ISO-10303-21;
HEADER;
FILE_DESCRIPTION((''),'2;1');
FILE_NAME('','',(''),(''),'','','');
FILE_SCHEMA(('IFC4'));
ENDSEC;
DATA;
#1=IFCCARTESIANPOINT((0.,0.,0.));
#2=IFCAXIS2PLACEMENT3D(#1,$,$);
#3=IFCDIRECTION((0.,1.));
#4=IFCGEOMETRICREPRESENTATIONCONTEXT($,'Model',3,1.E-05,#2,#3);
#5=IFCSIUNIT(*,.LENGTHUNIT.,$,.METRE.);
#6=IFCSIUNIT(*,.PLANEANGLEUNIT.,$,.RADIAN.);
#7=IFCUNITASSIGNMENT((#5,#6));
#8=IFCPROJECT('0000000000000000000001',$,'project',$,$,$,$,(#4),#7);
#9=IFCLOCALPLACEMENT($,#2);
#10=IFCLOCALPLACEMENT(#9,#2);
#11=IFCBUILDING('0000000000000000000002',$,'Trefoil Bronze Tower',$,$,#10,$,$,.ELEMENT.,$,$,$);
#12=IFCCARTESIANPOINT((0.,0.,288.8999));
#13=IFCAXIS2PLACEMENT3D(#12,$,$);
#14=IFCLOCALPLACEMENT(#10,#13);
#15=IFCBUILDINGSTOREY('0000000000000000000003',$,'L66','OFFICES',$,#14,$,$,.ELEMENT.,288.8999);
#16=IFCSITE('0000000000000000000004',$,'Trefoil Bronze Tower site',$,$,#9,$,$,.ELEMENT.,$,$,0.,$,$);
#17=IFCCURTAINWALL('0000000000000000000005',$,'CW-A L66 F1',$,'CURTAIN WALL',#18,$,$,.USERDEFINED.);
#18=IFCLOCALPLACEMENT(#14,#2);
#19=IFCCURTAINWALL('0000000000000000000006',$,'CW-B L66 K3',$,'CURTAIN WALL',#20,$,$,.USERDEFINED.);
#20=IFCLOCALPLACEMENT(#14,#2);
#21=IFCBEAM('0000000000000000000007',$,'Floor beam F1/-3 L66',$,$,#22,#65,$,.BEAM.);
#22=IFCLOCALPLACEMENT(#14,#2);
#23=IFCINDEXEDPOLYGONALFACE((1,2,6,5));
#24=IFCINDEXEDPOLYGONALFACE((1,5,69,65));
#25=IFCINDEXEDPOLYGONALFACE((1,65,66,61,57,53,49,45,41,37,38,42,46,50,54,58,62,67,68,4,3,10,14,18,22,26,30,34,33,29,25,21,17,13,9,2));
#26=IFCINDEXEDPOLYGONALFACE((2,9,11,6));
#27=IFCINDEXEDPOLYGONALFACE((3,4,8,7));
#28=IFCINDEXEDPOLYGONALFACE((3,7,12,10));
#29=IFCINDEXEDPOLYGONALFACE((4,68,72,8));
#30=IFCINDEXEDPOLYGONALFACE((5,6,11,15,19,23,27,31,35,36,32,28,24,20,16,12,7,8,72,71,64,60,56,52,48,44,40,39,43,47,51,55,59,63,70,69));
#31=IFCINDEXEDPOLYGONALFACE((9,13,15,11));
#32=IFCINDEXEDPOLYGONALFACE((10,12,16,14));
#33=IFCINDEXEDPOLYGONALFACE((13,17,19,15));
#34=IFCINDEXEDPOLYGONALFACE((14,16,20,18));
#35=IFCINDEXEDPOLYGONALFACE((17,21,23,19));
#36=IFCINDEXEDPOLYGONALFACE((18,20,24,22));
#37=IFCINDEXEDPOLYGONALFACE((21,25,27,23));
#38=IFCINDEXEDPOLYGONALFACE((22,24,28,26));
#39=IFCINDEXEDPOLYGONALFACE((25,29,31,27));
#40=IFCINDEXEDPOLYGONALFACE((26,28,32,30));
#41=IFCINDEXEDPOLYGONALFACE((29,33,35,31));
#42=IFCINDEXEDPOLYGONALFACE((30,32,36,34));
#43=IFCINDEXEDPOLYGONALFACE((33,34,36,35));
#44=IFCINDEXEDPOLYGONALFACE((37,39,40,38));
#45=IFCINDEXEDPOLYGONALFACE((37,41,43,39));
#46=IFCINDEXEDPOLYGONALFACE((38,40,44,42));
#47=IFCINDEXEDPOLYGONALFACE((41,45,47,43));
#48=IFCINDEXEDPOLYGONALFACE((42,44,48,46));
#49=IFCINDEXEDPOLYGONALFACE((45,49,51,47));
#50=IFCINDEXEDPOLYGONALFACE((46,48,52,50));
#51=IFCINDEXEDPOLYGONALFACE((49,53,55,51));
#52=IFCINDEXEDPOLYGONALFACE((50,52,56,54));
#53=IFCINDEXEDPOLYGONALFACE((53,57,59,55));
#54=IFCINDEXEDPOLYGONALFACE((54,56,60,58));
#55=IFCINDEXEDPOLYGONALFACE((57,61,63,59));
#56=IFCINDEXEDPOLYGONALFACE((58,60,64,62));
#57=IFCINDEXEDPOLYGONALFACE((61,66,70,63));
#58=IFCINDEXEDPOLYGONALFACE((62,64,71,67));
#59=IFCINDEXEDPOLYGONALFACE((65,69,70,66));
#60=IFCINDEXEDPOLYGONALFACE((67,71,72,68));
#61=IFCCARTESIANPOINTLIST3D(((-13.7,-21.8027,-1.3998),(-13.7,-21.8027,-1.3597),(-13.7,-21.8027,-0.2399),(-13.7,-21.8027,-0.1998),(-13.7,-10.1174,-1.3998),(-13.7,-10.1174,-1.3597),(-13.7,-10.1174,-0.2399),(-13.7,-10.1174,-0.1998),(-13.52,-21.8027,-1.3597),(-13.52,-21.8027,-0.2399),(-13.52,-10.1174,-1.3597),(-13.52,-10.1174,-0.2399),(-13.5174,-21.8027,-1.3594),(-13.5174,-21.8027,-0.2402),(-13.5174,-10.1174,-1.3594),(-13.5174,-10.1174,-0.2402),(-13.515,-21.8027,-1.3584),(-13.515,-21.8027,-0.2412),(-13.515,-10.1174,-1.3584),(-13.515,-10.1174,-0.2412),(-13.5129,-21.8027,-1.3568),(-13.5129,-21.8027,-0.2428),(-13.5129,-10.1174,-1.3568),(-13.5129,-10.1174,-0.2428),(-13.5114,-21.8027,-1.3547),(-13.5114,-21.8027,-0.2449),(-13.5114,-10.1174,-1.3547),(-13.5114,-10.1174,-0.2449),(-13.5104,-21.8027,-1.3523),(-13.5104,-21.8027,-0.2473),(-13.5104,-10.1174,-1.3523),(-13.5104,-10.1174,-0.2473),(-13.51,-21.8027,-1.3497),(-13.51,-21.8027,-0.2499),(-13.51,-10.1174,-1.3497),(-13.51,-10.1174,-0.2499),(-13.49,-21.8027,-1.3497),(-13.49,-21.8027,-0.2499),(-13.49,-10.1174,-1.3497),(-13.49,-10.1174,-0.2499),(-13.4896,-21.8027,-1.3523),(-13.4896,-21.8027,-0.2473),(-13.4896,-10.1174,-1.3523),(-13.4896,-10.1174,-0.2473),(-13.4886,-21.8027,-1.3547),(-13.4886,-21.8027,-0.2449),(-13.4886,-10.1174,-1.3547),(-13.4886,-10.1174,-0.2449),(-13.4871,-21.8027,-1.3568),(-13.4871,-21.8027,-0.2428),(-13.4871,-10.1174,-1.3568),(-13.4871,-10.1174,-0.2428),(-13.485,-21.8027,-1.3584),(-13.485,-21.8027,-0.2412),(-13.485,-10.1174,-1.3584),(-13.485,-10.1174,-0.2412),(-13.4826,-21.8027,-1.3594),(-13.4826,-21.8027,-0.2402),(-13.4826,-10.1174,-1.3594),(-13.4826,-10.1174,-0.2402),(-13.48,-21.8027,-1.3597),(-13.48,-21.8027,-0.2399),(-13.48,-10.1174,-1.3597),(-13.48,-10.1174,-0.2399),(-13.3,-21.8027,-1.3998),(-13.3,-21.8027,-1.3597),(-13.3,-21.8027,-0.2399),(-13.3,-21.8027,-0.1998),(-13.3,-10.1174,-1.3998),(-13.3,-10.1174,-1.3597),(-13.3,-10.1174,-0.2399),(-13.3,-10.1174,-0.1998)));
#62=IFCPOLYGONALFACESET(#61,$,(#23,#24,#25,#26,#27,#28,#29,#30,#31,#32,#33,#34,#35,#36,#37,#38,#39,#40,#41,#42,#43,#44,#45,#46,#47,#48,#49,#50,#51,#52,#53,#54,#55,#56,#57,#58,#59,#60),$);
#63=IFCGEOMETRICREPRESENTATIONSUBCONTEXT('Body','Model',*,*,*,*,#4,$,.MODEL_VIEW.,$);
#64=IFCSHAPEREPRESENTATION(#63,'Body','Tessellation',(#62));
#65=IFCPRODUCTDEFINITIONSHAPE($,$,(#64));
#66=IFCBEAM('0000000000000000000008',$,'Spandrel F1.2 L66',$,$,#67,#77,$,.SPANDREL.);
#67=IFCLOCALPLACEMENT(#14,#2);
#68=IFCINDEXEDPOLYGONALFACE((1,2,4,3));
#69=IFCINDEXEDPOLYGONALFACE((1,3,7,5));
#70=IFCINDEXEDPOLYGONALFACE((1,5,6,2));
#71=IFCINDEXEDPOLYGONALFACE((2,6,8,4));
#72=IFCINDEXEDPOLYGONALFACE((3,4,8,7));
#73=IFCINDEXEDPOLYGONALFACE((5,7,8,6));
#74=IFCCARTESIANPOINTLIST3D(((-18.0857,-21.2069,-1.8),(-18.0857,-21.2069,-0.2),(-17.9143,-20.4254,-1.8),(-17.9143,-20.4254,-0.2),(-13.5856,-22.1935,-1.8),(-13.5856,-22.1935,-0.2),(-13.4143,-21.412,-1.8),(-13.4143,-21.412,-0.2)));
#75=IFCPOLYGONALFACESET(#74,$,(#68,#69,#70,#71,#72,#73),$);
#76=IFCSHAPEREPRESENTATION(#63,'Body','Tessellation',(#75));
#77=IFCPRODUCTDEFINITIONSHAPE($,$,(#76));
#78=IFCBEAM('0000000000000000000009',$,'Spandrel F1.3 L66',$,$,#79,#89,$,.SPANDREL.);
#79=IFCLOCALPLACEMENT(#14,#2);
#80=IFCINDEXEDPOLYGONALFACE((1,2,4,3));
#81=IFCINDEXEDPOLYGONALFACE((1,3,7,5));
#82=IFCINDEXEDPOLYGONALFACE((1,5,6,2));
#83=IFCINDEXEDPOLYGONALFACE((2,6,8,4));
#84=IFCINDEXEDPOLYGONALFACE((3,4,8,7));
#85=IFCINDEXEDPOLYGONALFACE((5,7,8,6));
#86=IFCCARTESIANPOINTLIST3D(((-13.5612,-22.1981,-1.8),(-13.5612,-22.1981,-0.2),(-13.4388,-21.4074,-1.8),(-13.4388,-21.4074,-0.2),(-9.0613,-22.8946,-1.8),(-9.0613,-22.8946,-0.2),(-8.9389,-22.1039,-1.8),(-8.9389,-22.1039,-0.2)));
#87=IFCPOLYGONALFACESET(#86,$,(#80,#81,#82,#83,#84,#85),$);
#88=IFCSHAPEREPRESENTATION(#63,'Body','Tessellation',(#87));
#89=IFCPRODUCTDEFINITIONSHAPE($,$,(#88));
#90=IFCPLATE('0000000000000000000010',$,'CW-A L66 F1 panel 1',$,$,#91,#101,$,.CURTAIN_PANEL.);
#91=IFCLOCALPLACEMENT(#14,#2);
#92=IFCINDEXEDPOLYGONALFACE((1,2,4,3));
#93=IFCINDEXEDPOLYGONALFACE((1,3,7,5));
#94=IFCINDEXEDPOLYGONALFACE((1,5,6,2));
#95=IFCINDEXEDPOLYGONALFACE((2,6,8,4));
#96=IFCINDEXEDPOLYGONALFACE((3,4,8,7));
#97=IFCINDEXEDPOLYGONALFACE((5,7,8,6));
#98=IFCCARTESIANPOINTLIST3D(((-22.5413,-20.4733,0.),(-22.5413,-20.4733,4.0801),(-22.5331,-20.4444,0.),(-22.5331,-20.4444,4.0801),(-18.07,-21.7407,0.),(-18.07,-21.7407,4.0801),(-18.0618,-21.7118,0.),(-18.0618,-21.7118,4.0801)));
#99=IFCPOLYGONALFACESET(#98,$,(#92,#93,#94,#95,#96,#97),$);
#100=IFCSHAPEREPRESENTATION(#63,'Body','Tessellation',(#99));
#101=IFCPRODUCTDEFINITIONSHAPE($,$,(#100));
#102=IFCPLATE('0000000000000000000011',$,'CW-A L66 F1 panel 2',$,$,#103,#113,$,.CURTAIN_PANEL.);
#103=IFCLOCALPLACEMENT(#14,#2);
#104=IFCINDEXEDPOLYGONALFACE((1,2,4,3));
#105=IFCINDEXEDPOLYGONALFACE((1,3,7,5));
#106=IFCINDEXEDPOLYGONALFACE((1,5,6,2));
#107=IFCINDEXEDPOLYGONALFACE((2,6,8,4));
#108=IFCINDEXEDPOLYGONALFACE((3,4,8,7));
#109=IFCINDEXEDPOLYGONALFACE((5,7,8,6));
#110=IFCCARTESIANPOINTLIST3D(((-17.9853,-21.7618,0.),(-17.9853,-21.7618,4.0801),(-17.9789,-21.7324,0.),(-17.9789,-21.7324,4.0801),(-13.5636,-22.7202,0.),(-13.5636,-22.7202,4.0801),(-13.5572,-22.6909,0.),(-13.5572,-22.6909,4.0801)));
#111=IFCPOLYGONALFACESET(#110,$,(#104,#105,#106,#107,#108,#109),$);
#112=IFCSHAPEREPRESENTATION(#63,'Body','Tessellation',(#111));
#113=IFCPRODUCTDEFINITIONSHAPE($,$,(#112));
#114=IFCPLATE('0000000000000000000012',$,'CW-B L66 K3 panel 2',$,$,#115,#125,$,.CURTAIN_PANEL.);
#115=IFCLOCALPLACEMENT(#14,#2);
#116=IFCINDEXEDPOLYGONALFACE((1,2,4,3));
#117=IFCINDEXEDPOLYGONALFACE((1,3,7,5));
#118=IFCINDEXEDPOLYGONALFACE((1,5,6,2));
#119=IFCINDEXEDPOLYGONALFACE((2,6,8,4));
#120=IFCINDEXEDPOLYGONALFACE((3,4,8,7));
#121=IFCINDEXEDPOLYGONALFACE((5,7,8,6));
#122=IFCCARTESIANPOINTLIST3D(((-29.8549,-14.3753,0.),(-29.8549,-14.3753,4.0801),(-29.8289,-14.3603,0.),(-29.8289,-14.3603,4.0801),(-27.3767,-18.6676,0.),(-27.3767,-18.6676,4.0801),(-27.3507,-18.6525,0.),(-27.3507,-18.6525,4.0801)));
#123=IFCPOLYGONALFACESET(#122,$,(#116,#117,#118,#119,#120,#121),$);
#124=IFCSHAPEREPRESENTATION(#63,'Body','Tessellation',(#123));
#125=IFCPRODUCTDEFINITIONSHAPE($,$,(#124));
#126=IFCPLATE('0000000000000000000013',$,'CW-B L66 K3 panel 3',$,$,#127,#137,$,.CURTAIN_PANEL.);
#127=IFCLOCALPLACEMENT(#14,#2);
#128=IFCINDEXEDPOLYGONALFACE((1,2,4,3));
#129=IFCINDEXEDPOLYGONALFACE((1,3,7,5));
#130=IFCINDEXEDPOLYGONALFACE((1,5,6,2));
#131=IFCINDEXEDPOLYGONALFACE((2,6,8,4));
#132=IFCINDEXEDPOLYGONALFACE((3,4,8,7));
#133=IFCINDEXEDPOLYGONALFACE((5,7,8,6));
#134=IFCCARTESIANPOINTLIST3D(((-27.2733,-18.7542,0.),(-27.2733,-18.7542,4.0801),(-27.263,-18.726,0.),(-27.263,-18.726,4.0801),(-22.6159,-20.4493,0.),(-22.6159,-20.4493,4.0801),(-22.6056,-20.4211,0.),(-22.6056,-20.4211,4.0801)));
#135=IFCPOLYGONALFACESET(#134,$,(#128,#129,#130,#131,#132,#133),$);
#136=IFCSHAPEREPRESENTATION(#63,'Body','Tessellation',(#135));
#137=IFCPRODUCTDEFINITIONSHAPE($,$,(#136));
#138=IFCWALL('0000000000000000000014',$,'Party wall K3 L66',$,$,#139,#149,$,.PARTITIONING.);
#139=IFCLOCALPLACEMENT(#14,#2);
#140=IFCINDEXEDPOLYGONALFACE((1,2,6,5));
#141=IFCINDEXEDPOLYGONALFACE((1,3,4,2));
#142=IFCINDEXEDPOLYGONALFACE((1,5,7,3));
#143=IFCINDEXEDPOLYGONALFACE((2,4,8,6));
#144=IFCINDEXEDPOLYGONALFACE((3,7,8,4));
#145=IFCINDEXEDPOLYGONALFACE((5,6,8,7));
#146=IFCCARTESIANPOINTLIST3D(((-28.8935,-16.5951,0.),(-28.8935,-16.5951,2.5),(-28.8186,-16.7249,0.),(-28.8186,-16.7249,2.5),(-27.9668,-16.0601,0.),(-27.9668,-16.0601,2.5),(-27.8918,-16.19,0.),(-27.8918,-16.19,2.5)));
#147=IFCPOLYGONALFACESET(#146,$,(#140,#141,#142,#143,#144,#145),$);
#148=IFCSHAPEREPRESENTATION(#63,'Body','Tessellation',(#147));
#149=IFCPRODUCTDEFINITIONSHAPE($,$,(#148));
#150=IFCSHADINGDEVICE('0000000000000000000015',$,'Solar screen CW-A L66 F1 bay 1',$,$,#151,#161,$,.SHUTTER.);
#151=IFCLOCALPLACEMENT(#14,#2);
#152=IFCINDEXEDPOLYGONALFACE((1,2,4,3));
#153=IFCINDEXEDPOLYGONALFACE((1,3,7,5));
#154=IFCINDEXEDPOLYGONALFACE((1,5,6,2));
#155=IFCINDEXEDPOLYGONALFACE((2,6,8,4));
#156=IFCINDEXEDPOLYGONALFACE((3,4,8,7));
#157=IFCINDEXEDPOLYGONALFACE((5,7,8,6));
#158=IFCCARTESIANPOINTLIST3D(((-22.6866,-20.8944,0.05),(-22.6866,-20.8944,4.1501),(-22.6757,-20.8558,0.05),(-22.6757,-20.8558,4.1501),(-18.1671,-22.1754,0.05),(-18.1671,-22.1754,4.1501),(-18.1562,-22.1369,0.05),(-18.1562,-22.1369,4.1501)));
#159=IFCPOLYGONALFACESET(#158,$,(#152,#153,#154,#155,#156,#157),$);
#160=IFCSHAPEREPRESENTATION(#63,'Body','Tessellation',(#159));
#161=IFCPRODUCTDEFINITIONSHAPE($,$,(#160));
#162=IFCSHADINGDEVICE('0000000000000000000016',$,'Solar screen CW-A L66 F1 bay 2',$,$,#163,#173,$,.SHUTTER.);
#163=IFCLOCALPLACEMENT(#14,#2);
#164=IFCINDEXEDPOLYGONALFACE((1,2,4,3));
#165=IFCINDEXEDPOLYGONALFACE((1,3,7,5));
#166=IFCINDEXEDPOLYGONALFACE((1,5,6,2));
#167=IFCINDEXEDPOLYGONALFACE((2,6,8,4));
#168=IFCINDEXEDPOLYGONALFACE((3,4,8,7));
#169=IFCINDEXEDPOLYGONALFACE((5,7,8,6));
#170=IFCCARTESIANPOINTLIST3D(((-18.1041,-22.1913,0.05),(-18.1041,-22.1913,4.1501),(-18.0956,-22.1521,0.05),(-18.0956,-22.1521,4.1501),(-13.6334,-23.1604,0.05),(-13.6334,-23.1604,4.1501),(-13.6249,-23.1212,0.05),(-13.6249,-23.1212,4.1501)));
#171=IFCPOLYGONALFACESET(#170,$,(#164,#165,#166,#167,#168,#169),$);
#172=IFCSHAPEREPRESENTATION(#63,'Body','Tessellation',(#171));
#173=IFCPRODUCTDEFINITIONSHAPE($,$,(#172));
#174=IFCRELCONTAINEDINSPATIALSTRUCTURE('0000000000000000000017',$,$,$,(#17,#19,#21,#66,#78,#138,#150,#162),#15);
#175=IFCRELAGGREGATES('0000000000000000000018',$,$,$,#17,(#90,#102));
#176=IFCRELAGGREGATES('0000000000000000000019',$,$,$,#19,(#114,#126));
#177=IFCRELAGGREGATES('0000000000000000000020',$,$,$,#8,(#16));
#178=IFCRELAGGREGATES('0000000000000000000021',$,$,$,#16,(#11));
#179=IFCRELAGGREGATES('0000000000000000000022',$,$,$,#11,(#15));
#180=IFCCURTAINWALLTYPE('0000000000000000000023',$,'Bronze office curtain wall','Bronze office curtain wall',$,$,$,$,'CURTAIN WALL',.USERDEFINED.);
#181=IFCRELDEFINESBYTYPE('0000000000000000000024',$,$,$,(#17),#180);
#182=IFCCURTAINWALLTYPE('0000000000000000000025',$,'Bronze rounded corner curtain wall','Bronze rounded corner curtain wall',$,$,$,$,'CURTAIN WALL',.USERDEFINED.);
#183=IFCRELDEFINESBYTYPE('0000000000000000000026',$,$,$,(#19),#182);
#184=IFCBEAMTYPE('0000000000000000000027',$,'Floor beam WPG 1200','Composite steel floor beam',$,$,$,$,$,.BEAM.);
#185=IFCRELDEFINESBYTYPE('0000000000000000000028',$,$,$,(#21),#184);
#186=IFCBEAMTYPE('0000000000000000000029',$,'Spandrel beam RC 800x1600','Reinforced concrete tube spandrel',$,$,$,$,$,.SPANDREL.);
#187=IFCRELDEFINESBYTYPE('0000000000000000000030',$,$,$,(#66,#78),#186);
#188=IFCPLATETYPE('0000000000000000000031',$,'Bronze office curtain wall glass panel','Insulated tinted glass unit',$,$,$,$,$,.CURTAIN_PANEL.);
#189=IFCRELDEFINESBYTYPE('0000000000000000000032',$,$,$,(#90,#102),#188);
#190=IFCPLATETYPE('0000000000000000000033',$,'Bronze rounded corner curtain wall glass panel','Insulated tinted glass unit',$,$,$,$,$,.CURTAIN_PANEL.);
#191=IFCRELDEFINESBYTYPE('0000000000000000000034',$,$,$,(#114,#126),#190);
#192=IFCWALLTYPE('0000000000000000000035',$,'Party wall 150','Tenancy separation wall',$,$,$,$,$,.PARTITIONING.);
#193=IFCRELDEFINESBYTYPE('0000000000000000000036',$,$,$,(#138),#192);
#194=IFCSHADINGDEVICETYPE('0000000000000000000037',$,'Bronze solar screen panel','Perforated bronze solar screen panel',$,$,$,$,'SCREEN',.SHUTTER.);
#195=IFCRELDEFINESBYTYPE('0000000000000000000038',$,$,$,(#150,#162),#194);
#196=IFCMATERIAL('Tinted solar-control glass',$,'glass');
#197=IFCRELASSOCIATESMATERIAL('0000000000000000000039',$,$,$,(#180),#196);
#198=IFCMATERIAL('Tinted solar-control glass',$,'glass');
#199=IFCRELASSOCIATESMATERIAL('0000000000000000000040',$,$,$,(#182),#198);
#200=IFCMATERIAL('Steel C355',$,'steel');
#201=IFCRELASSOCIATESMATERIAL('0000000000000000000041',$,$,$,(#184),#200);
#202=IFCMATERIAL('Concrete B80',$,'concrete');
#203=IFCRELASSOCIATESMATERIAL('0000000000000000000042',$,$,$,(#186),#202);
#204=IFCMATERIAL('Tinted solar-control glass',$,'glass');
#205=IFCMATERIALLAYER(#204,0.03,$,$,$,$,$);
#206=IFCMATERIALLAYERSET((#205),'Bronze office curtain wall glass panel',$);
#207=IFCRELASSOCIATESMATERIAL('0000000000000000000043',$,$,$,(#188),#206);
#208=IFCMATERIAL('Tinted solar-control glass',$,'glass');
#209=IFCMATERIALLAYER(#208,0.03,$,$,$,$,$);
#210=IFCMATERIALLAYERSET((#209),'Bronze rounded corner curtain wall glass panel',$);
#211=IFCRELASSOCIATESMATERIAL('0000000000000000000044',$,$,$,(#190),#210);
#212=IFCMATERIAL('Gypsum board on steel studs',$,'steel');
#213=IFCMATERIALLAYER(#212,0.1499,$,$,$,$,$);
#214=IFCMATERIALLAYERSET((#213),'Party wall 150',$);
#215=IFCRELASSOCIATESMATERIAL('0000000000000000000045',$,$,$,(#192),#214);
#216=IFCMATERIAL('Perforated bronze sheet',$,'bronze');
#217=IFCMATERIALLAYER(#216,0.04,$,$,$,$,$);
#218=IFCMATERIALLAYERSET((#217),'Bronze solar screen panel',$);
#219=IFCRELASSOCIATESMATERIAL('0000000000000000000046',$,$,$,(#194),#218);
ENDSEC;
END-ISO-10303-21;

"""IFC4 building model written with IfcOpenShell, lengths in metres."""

from ifc_helpers import new_model, si_unit, direction, frame, frame_2d, origin, origin_2d, place, context, subcontext, project, spatial, rectangle, i_section, extrude, material, layer, layer_set, material_profile, profile_set, type_object, element, aggregate, save


model = new_model("IFC4")

# Units and contexts
model_context = context("Model", 3, precision=1e-05, world=origin(), true_north=direction((0.0, 1.0)))
body_context = subcontext(model_context, "Body", "Model", "MODEL_VIEW")
ifc_project = project(units=[si_unit("LENGTHUNIT", "METRE"), si_unit("PLANEANGLEUNIT", "RADIAN")], contexts=[model_context])

# Site, building, storey
site_placement = place(None, origin())
site = spatial("IfcSite", under=ifc_project, at=site_placement, Name="Trefoil Bronze Tower site", CompositionType="ELEMENT", RefElevation=0.0)
building_placement = place(site_placement, origin())
building = spatial("IfcBuilding", under=site, at=building_placement, Name="Trefoil Bronze Tower", CompositionType="ELEMENT")
storey_placement = place(building_placement, frame((0.0, 0.0, 288.8999)))
storey = spatial("IfcBuildingStorey", under=building, at=storey_placement, Name="L66", Description="OFFICES", CompositionType="ELEMENT", Elevation=288.8999)

# Curtain walls
ifc_material_1 = material(Name="Tinted solar-control glass", Category="glass")
curtain_wall_type_1 = type_object("IfcCurtainWallType", Name="Bronze office curtain wall", Description="Bronze office curtain wall", ElementType="CURTAIN WALL", PredefinedType="USERDEFINED", material=ifc_material_1)
curtain_wall_1_placement = place(storey_placement, origin())
curtain_wall_1 = element("IfcCurtainWall", 1, at=curtain_wall_1_placement, inside=storey, type_object=curtain_wall_type_1, Name="CW-A L66 F1", ObjectType="CURTAIN WALL", PredefinedType="USERDEFINED")
ifc_material_2 = material(Name="Tinted solar-control glass", Category="glass")
curtain_wall_type_2 = type_object("IfcCurtainWallType", Name="Bronze rounded corner curtain wall", Description="Bronze rounded corner curtain wall", ElementType="CURTAIN WALL", PredefinedType="USERDEFINED", material=ifc_material_2)
curtain_wall_2_placement = place(storey_placement, origin())
curtain_wall_2 = element("IfcCurtainWall", 2, at=curtain_wall_2_placement, inside=storey, type_object=curtain_wall_type_2, Name="CW-B L66 K3", ObjectType="CURTAIN WALL", PredefinedType="USERDEFINED")

# Beams
ifc_material_3 = material(Name="Steel C355", Category="steel")
ifc_material_profile_1 = material_profile(ifc_material_3, i_section(OverallWidth=0.3999, OverallDepth=1.2, WebThickness=0.02, FlangeThickness=0.04, FilletRadius=0.01, at=origin_2d()), Name="WPG 1200")
ifc_profile_set_1 = profile_set([ifc_material_profile_1], Name="Steel C355")
beam_type_1 = type_object("IfcBeamType", Name="Floor beam WPG 1200", Description="Composite steel floor beam", PredefinedType="BEAM", material=ifc_profile_set_1)
beam_1_placement = place(storey_placement, frame((-13.5, -21.8027, -0.7998), z_axis=(0.0, 1.0, 0.0), x_axis=(-1.0, 0.0, 0.0)))
element("IfcBeam", 3, at=beam_1_placement, inside=storey, type_object=beam_type_1, Name="Floor beam F1/-3 L66", PredefinedType="BEAM", context=body_context, shape_type="SweptSolid", body=[
    extrude(i_section(OverallWidth=0.3999, OverallDepth=1.2, WebThickness=0.02, FlangeThickness=0.04, FilletRadius=0.01, at=origin_2d()), origin(), (0.0, 0.0, 1.0), 11.6853),
])
ifc_material_4 = material(Name="Concrete B80", Category="concrete")
ifc_material_profile_2 = material_profile(ifc_material_4, rectangle(XDim=0.8, YDim=1.6001, at=origin_2d()), Name="RC 800x1600")
ifc_profile_set_2 = profile_set([ifc_material_profile_2], Name="Concrete B80")
beam_type_2 = type_object("IfcBeamType", Name="Spandrel beam RC 800x1600", Description="Reinforced concrete tube spandrel", PredefinedType="SPANDREL", material=ifc_profile_set_2)
beam_2_placement = place(storey_placement, frame((-18.0, -20.8162, -1.0), z_axis=(0.9768, -0.214152, 0.0), x_axis=(0.214152, 0.9768, 0.0)))
element("IfcBeam", 4, at=beam_2_placement, inside=storey, type_object=beam_type_2, Name="Spandrel F1.2 L66", PredefinedType="SPANDREL", context=body_context, shape_type="SweptSolid", body=[
    extrude(rectangle(XDim=0.8, YDim=1.6001, at=origin_2d()), origin(), (0.0, 0.0, 1.0), 4.6069),
])
beam_3_placement = place(storey_placement, frame((-13.5, -21.8027, -1.0), z_axis=(0.988232, -0.152964, 0.0), x_axis=(0.152964, 0.988232, 0.0)))
element("IfcBeam", 5, at=beam_3_placement, inside=storey, type_object=beam_type_2, Name="Spandrel F1.3 L66", PredefinedType="SPANDREL", context=body_context, shape_type="SweptSolid", body=[
    extrude(rectangle(XDim=0.8, YDim=1.6001, at=origin_2d()), origin(), (0.0, 0.0, 1.0), 4.5535),
])

# Plates
ifc_material_5 = material(Name="Tinted solar-control glass", Category="glass")
ifc_layer_1 = layer(ifc_material_5, 0.03)
ifc_layer_set_1 = layer_set([ifc_layer_1], Name="Bronze office curtain wall glass panel")
plate_type_1 = type_object("IfcPlateType", Name="Bronze office curtain wall glass panel", Description="Insulated tinted glass unit", PredefinedType="CURTAIN_PANEL", material=ifc_layer_set_1)
plate_1_placement = place(storey_placement, frame((-20.3015, -21.0925, 0.0), z_axis=(0.0, 0.0, 1.0), x_axis=(0.962098, -0.272705, 0.0)))
plate_1 = element("IfcPlate", 6, at=plate_1_placement, type_object=plate_type_1, Name="CW-A L66 F1 panel 1", PredefinedType="CURTAIN_PANEL", context=body_context, shape_type="SweptSolid", body=[
    extrude(rectangle(XDim=4.6475, YDim=0.03, at=origin_2d()), origin(), (0.0, 0.0, 1.0), 4.0801),
])
plate_2_placement = place(storey_placement, frame((-15.7712, -22.2263, 0.0), z_axis=(0.0, 0.0, 1.0), x_axis=(0.977303, -0.211846, 0.0)))
plate_2 = element("IfcPlate", 7, at=plate_2_placement, type_object=plate_type_1, Name="CW-A L66 F1 panel 2", PredefinedType="CURTAIN_PANEL", context=body_context, shape_type="SweptSolid", body=[
    extrude(rectangle(XDim=4.5244, YDim=0.03, at=origin_2d()), origin(), (0.0, 0.0, 1.0), 4.0801),
])
aggregate(curtain_wall_1, [plate_1, plate_2])
ifc_material_6 = material(Name="Tinted solar-control glass", Category="glass")
ifc_layer_2 = layer(ifc_material_6, 0.03)
ifc_layer_set_2 = layer_set([ifc_layer_2], Name="Bronze rounded corner curtain wall glass panel")
plate_type_2 = type_object("IfcPlateType", Name="Bronze rounded corner curtain wall glass panel", Description="Insulated tinted glass unit", PredefinedType="CURTAIN_PANEL", material=ifc_layer_set_2)
plate_3_placement = place(storey_placement, frame((-28.6028, -16.5139, 0.0), z_axis=(0.0, 0.0, 1.0), x_axis=(0.5, -0.866025, 0.0)))
plate_3 = element("IfcPlate", 8, at=plate_3_placement, type_object=plate_type_2, Name="CW-B L66 K3 panel 2", PredefinedType="CURTAIN_PANEL", context=body_context, shape_type="SweptSolid", body=[
    extrude(rectangle(XDim=4.9563, YDim=0.03, at=origin_2d()), origin(), (0.0, 0.0, 1.0), 4.0801),
])
plate_4_placement = place(storey_placement, frame((-24.9395, -19.5876, 0.0), z_axis=(0.0, 0.0, 1.0), x_axis=(0.939693, -0.34202, 0.0)))
plate_4 = element("IfcPlate", 9, at=plate_4_placement, type_object=plate_type_2, Name="CW-B L66 K3 panel 3", PredefinedType="CURTAIN_PANEL", context=body_context, shape_type="SweptSolid", body=[
    extrude(rectangle(XDim=4.9563, YDim=0.03, at=origin_2d()), origin(), (0.0, 0.0, 1.0), 4.0801),
])
aggregate(curtain_wall_2, [plate_3, plate_4])

# Wall
ifc_material_7 = material(Name="Gypsum board on steel studs", Category="steel")
ifc_layer_3 = layer(ifc_material_7, 0.1499)
ifc_layer_set_3 = layer_set([ifc_layer_3], Name="Party wall 150")
wall_type = type_object("IfcWallType", Name="Party wall 150", Description="Tenancy separation wall", PredefinedType="PARTITIONING", material=ifc_layer_set_3)
wall_placement = place(storey_placement, frame((-27.9292, -16.125, 0.0), z_axis=(0.0, 0.0, 1.0), x_axis=(-0.866087, -0.499894, 0.0)))
element("IfcWall", 10, at=wall_placement, inside=storey, type_object=wall_type, Name="Party wall K3 L66", PredefinedType="PARTITIONING", context=body_context, shape_type="SweptSolid", body=[
    extrude(rectangle(XDim=1.0701, YDim=0.1499, at=frame_2d((0.5352, 0.0))), origin(), (0.0, 0.0, 1.0), 2.5),
])

# Shading devices
ifc_material_8 = material(Name="Perforated bronze sheet", Category="bronze")
ifc_layer_4 = layer(ifc_material_8, 0.04)
ifc_layer_set_4 = layer_set([ifc_layer_4], Name="Bronze solar screen panel")
shading_device_type = type_object("IfcShadingDeviceType", Name="Bronze solar screen panel", Description="Perforated bronze solar screen panel", ElementType="SCREEN", PredefinedType="SHUTTER", material=ifc_layer_set_4)
shading_device_1_placement = place(storey_placement, frame((-20.4214, -21.5156, 0.05), z_axis=(0.0, 0.0, 1.0), x_axis=(0.962098, -0.272705, 0.0)))
element("IfcShadingDevice", 11, at=shading_device_1_placement, inside=storey, type_object=shading_device_type, Name="Solar screen CW-A L66 F1 bay 1", PredefinedType="SHUTTER", context=body_context, shape_type="SweptSolid", body=[
    extrude(rectangle(XDim=4.6975, YDim=0.04, at=origin_2d()), origin(), (0.0, 0.0, 1.0), 4.1001),
])
shading_device_2_placement = place(storey_placement, frame((-15.8645, -22.6562, 0.05), z_axis=(0.0, 0.0, 1.0), x_axis=(0.977303, -0.211846, 0.0)))
element("IfcShadingDevice", 12, at=shading_device_2_placement, inside=storey, type_object=shading_device_type, Name="Solar screen CW-A L66 F1 bay 2", PredefinedType="SHUTTER", context=body_context, shape_type="SweptSolid", body=[
    extrude(rectangle(XDim=4.5745, YDim=0.04, at=origin_2d()), origin(), (0.0, 0.0, 1.0), 4.1001),
])

save(model, "model.ifc")
